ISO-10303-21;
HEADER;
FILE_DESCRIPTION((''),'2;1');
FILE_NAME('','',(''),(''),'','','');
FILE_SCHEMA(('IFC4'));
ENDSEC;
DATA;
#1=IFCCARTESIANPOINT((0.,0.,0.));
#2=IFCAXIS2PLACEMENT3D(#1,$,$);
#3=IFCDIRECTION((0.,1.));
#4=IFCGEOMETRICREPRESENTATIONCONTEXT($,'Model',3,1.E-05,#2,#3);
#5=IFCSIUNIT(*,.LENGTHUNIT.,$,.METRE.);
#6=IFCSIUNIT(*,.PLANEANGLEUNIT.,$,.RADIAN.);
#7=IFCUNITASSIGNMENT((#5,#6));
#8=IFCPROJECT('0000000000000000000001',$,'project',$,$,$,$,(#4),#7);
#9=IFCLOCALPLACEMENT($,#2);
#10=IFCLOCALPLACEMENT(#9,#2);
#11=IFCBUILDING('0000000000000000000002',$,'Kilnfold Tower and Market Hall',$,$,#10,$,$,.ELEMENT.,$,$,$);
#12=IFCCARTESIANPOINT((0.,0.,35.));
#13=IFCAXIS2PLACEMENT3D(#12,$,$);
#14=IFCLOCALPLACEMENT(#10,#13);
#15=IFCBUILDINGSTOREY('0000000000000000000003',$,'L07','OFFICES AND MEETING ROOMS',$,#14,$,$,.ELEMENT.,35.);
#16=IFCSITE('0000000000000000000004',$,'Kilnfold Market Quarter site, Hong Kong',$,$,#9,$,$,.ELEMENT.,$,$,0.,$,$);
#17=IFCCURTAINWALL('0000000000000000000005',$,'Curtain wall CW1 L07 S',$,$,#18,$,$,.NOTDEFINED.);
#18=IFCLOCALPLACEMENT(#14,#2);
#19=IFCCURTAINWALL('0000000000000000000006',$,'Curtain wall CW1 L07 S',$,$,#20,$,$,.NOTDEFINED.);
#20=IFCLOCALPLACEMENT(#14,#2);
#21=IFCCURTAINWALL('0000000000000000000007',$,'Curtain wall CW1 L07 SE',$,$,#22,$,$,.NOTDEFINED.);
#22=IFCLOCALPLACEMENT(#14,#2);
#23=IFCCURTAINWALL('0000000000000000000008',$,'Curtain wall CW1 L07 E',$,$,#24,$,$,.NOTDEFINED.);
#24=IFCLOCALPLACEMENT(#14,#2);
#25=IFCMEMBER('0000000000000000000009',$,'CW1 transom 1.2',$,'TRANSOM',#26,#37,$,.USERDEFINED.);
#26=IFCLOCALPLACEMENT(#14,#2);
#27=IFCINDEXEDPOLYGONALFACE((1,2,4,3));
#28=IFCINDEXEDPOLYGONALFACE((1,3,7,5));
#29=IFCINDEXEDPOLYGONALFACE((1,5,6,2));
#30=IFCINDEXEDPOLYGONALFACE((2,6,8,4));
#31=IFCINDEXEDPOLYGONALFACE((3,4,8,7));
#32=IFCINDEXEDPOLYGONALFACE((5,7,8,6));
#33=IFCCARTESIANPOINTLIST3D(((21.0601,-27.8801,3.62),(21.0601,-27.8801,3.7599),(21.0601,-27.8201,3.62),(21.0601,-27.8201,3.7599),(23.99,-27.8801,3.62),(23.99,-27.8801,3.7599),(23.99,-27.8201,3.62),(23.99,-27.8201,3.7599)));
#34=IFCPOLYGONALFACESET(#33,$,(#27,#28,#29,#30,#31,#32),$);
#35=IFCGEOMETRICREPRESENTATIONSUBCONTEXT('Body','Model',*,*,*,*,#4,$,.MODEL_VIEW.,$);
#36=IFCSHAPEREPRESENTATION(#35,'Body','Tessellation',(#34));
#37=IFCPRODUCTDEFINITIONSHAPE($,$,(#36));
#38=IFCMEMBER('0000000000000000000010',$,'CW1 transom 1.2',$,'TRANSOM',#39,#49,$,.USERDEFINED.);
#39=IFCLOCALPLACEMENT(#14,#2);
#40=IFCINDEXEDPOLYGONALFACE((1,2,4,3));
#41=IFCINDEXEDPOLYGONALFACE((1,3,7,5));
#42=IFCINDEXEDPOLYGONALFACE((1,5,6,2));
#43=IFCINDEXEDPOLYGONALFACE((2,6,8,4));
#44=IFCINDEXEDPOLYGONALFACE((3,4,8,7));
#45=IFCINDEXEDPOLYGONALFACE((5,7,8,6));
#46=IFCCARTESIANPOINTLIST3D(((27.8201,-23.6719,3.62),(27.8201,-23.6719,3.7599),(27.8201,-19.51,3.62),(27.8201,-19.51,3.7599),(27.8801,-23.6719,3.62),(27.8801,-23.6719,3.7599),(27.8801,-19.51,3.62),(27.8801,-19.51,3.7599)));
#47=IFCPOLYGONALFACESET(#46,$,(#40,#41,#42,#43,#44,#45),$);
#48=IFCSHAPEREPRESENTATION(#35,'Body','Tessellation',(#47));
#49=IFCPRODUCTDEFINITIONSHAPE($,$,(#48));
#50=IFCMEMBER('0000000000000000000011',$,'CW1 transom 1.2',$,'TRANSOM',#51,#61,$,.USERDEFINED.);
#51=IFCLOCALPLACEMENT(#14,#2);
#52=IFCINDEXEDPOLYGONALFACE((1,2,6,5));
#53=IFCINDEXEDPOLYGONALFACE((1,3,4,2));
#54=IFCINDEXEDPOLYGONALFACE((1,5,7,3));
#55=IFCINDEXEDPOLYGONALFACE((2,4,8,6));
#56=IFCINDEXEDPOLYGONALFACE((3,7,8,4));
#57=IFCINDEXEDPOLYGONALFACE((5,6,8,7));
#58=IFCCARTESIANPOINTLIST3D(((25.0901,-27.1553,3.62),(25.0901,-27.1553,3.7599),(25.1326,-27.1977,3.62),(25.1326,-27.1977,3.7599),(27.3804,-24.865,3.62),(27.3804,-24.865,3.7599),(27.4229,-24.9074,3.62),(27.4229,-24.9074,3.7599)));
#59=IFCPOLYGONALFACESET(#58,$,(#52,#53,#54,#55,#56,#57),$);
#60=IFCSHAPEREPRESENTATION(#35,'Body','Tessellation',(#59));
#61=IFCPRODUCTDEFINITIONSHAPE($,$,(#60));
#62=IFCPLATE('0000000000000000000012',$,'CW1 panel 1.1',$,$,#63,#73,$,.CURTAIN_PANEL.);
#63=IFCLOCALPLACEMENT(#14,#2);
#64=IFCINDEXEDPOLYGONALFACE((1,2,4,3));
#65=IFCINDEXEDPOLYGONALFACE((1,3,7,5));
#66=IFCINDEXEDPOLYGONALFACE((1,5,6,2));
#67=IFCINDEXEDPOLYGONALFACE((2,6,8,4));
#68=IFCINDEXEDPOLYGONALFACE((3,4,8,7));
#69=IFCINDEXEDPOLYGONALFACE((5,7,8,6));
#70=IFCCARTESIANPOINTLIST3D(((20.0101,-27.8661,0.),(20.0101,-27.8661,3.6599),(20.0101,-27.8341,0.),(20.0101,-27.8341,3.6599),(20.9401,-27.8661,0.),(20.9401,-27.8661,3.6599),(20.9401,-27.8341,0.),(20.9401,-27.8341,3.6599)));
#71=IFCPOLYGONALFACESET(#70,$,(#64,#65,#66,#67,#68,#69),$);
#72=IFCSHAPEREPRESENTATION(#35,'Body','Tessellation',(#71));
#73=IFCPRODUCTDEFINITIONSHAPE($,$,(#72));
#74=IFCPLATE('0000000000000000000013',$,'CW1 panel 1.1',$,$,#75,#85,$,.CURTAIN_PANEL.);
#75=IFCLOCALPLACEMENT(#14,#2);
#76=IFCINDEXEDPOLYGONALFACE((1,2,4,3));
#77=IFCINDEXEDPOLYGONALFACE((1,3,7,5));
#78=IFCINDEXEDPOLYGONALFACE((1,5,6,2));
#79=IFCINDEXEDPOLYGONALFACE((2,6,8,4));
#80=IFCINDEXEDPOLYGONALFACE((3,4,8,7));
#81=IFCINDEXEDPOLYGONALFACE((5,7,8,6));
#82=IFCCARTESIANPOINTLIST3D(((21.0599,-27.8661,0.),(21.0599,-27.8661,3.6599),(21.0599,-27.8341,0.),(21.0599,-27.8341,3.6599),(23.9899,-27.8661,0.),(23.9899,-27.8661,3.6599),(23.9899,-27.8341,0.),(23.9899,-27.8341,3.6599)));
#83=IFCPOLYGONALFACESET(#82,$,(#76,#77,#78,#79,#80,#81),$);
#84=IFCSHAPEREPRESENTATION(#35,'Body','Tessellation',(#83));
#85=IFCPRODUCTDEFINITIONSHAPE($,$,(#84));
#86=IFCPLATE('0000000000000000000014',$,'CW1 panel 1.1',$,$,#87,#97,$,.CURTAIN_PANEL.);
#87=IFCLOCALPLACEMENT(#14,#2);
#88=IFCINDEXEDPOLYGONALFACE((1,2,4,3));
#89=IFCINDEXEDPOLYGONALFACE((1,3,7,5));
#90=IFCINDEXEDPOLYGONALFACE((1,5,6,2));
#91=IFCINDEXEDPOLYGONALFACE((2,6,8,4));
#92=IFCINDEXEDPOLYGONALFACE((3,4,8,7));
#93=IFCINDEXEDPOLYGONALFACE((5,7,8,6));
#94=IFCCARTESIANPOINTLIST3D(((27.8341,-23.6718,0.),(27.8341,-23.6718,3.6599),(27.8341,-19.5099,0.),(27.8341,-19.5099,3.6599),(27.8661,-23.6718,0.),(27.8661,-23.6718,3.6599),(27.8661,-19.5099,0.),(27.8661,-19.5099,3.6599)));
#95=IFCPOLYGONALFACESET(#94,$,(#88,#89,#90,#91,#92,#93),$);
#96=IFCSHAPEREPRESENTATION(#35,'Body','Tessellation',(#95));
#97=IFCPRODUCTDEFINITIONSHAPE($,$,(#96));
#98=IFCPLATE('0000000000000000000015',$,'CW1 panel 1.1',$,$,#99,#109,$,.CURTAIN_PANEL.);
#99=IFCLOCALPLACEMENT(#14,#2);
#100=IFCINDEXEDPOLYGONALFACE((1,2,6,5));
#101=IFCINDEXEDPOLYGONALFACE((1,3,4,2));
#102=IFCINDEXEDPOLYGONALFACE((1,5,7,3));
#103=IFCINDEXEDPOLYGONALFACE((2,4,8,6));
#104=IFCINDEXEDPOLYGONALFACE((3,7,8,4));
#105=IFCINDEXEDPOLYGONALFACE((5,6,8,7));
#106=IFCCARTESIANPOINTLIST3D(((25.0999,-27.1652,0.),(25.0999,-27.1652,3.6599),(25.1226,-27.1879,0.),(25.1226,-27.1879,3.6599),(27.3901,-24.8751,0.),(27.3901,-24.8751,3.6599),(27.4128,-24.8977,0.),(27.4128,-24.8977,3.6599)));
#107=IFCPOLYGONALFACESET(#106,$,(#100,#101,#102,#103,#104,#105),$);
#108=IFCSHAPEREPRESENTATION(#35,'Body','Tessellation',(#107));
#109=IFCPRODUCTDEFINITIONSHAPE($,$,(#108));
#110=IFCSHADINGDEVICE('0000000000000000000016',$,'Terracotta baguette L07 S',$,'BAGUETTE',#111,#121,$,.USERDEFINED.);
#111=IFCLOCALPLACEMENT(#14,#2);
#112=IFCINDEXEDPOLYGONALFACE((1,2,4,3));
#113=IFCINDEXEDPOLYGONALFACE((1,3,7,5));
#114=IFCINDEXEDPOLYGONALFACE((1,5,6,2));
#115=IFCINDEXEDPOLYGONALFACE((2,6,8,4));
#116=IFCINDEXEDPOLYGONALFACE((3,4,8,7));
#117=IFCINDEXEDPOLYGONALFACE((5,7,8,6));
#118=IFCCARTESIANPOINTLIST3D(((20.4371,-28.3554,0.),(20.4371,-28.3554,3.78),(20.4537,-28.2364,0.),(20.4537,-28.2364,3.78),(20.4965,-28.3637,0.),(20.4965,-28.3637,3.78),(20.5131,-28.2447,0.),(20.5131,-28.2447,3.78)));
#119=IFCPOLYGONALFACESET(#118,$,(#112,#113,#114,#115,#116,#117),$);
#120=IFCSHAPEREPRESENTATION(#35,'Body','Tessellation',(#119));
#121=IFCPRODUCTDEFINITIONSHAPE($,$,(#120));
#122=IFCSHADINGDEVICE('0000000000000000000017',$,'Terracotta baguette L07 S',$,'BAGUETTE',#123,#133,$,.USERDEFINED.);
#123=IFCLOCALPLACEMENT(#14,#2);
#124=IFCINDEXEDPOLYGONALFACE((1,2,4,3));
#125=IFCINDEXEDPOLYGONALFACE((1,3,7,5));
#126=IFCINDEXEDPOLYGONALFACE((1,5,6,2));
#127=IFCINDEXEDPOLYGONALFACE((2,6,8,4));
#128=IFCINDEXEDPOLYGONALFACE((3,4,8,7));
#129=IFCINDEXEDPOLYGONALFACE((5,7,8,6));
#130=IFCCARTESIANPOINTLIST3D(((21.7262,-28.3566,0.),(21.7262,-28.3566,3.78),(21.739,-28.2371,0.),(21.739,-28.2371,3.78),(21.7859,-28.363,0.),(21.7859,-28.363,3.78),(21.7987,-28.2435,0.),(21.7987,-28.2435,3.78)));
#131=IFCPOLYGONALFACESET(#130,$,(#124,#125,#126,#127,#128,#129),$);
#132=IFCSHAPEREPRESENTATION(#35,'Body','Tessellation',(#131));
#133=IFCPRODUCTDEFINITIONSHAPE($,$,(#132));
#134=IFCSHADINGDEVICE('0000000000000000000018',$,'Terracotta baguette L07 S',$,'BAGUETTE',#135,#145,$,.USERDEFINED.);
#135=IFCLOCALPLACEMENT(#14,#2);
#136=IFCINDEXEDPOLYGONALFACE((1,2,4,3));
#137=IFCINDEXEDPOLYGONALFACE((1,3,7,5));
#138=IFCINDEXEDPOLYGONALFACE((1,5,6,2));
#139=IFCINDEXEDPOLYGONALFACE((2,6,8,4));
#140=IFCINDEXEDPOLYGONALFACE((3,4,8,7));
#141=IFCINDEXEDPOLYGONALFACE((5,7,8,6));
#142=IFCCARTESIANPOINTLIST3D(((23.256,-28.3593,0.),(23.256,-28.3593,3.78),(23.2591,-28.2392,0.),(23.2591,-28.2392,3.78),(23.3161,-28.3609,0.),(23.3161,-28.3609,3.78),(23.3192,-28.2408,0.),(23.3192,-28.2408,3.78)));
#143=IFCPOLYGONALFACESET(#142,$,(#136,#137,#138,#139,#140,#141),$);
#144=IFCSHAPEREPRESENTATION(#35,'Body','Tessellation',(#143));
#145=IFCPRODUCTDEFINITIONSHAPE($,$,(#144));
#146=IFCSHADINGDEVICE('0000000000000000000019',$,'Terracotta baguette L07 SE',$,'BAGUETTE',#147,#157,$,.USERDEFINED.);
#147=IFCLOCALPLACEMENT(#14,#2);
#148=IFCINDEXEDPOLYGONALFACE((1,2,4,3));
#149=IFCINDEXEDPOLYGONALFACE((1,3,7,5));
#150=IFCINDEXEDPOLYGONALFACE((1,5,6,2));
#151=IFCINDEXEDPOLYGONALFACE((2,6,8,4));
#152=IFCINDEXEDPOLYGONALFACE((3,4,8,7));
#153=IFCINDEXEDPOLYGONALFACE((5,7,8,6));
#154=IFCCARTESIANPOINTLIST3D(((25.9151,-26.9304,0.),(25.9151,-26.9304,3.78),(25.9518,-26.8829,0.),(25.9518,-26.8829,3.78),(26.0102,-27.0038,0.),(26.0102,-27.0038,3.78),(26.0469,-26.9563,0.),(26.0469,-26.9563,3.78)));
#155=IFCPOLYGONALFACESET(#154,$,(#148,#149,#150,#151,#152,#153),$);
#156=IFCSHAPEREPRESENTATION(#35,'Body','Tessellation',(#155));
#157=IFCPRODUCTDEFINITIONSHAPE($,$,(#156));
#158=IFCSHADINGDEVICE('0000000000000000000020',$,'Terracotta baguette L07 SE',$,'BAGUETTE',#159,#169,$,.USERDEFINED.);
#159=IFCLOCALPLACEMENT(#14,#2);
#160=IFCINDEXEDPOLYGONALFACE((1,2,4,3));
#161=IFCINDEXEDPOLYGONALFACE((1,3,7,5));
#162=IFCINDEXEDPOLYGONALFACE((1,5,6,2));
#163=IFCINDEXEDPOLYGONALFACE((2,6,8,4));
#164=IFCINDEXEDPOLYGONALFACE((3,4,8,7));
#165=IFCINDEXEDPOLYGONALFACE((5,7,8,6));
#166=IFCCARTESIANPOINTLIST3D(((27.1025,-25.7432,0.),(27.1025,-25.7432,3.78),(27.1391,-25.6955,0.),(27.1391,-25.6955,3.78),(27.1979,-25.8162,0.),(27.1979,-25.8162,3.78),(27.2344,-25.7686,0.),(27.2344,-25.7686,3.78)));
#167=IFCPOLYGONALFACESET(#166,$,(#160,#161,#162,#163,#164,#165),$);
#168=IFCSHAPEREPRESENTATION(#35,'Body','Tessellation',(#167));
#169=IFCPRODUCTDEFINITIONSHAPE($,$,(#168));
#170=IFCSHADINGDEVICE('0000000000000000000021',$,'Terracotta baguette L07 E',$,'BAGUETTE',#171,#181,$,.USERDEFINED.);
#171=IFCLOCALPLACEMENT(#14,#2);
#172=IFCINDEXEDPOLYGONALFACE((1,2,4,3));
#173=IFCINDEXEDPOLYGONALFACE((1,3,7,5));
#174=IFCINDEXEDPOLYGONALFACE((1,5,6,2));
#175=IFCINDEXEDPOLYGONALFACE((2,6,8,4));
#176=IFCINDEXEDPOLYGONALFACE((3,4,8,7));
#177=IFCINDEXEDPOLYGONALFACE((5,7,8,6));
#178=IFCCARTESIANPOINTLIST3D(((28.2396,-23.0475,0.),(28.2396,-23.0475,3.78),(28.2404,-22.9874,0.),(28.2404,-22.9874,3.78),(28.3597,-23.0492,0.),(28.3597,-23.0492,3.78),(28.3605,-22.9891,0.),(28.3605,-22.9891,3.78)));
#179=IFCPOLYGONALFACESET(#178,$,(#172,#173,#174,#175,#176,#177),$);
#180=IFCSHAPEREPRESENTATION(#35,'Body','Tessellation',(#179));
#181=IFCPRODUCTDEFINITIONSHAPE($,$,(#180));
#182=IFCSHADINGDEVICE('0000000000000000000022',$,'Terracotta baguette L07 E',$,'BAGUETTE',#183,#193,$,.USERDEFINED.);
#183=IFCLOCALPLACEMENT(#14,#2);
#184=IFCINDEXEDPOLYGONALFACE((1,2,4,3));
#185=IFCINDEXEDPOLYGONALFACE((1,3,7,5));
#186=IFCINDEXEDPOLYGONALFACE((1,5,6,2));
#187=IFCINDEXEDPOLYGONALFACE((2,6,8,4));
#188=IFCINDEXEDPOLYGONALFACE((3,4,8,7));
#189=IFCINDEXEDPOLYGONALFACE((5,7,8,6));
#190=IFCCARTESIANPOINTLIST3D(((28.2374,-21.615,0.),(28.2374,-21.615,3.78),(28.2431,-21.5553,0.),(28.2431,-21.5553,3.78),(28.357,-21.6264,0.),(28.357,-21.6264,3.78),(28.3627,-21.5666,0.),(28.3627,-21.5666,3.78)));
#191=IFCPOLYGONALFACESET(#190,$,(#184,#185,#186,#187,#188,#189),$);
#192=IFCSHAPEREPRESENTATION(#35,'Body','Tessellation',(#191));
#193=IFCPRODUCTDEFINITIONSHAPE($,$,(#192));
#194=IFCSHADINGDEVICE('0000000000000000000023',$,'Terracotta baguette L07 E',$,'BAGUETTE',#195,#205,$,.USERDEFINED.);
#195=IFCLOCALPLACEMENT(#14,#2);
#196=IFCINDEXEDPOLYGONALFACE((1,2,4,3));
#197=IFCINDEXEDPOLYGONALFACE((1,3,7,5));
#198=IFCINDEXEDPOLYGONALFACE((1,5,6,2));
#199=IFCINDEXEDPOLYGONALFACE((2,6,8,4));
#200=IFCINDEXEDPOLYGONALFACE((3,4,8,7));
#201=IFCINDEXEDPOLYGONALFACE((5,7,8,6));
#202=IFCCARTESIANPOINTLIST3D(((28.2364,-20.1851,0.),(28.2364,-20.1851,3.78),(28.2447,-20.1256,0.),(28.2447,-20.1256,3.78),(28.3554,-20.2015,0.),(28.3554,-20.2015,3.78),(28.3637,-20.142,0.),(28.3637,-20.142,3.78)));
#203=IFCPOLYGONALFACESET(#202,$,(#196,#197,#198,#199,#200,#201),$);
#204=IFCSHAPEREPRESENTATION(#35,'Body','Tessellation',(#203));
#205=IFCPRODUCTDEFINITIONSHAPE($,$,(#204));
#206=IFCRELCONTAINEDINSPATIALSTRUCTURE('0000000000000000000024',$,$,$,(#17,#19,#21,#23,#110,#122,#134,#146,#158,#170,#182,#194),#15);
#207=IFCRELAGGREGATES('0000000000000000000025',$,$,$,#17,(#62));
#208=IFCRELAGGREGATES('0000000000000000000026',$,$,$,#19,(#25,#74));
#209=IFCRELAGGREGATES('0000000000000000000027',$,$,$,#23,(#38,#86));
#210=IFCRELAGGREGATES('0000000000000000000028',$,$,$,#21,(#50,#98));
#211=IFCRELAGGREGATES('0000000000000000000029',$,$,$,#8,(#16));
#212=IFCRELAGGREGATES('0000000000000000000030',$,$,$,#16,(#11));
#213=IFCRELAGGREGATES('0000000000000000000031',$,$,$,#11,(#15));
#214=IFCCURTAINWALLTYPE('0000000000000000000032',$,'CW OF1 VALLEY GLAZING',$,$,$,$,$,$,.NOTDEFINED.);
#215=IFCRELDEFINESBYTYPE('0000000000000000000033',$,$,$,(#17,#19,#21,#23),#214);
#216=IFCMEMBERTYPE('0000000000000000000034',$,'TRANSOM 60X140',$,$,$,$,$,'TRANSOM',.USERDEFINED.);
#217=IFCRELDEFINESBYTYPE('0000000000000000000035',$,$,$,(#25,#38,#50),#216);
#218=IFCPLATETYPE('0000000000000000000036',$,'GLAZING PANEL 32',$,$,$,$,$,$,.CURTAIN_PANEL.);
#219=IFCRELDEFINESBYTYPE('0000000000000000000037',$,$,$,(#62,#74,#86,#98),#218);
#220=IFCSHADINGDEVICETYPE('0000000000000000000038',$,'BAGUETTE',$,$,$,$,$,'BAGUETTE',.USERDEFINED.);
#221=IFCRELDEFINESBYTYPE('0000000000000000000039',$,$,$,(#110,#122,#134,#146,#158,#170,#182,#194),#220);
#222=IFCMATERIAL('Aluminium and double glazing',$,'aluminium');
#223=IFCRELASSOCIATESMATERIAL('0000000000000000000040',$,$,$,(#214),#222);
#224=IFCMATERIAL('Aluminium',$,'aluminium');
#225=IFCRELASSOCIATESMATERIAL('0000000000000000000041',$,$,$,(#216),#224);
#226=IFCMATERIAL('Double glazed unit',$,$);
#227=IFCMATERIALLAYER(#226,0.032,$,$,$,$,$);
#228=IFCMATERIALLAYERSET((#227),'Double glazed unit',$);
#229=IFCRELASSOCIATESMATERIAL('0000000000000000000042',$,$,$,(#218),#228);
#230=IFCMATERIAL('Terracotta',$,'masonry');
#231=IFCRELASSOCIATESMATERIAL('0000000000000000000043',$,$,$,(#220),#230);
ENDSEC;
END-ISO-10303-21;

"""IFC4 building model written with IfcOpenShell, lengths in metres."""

from ifc_helpers import new_model, si_unit, direction, frame, origin, origin_2d, place, context, subcontext, project, spatial, rectangle, extrude, source, transform, mapped, material, layer, layer_set, material_profile, profile_set, type_object, element, aggregate, save


model = new_model("IFC4")

# Units and contexts
model_context = context("Model", 3, precision=1e-05, world=origin(), true_north=direction((0.0, 1.0)))
body_context = subcontext(model_context, "Body", "Model", "MODEL_VIEW")
ifc_project = project(units=[si_unit("LENGTHUNIT", "METRE"), si_unit("PLANEANGLEUNIT", "RADIAN")], contexts=[model_context])

# Site, building, storey
site_placement = place(None, origin())
site = spatial("IfcSite", under=ifc_project, at=site_placement, Name="Kilnfold Market Quarter site, Hong Kong", CompositionType="ELEMENT", RefElevation=0.0)
building_placement = place(site_placement, origin())
building = spatial("IfcBuilding", under=site, at=building_placement, Name="Kilnfold Tower and Market Hall", CompositionType="ELEMENT")
storey_placement = place(building_placement, frame((0.0, 0.0, 35.0)))
storey = spatial("IfcBuildingStorey", under=building, at=storey_placement, Name="L07", Description="OFFICES AND MEETING ROOMS", CompositionType="ELEMENT", Elevation=35.0)

# Curtain walls
ifc_material_1 = material(Name="Aluminium and double glazing", Category="aluminium")
curtain_wall_type = type_object("IfcCurtainWallType", Name="CW OF1 VALLEY GLAZING", PredefinedType="NOTDEFINED", material=ifc_material_1)
curtain_wall_1_placement = place(storey_placement, origin())
curtain_wall_1 = element("IfcCurtainWall", 1, at=curtain_wall_1_placement, inside=storey, type_object=curtain_wall_type, Name="Curtain wall CW1 L07 S", PredefinedType="NOTDEFINED")
curtain_wall_2_placement = place(storey_placement, origin())
curtain_wall_2 = element("IfcCurtainWall", 2, at=curtain_wall_2_placement, inside=storey, type_object=curtain_wall_type, Name="Curtain wall CW1 L07 S", PredefinedType="NOTDEFINED")
curtain_wall_3_placement = place(storey_placement, origin())
curtain_wall_3 = element("IfcCurtainWall", 3, at=curtain_wall_3_placement, inside=storey, type_object=curtain_wall_type, Name="Curtain wall CW1 L07 SE", PredefinedType="NOTDEFINED")
curtain_wall_4_placement = place(storey_placement, origin())
curtain_wall_4 = element("IfcCurtainWall", 4, at=curtain_wall_4_placement, inside=storey, type_object=curtain_wall_type, Name="Curtain wall CW1 L07 E", PredefinedType="NOTDEFINED")

# Members
ifc_material_2 = material(Name="Aluminium", Category="aluminium")
ifc_material_profile_1 = material_profile(ifc_material_2, rectangle(XDim=0.0601, YDim=0.1399, at=origin_2d()), Name="TRANSOM 60x140")
ifc_profile_set_1 = profile_set([ifc_material_profile_1], Name="Aluminium")
member_type_1 = type_object("IfcMemberType", Name="TRANSOM 60X140", ElementType="TRANSOM", PredefinedType="USERDEFINED", material=ifc_profile_set_1)
shared_shape_1 = source(origin(), body_context, "Body", "SweptSolid", [
    extrude(rectangle(XDim=0.0601, YDim=0.1399, at=origin_2d()), origin(), (0.0, 0.0, 1.0), 2.9299),
])
member_1_placement = place(storey_placement, frame((21.0601, -27.8501, 3.6899), z_axis=(1.0, 0.0, 0.0), x_axis=(0.0, 1.0, 0.0)))
member_1 = element("IfcMember", 5, at=member_1_placement, type_object=member_type_1, Name="CW1 transom 1.2", ObjectType="TRANSOM", PredefinedType="USERDEFINED", context=body_context, shape_type="MappedRepresentation", body=[
    mapped(shared_shape_1, transform((0.0, 0.0, 0.0))),
])
shared_shape_2 = source(origin(), body_context, "Body", "SweptSolid", [
    extrude(rectangle(XDim=0.0601, YDim=0.1399, at=origin_2d()), origin(), (0.0, 0.0, 1.0), 4.1619),
])
member_2_placement = place(storey_placement, frame((27.8501, -23.6719, 3.6899), z_axis=(0.0, 1.0, 0.0), x_axis=(-1.0, 0.0, 0.0)))
member_2 = element("IfcMember", 6, at=member_2_placement, type_object=member_type_1, Name="CW1 transom 1.2", ObjectType="TRANSOM", PredefinedType="USERDEFINED", context=body_context, shape_type="MappedRepresentation", body=[
    mapped(shared_shape_2, transform((0.0, 0.0, 0.0))),
])
shared_shape_3 = source(origin(), body_context, "Body", "SweptSolid", [
    extrude(rectangle(XDim=0.0601, YDim=0.1399, at=origin_2d()), origin(), (0.0, 0.0, 1.0), 3.239),
])
member_3_placement = place(storey_placement, frame((25.1113, -27.1765, 3.6899), z_axis=(0.707107, 0.707107, 0.0), x_axis=(-0.707107, 0.707107, 0.0)))
member_3 = element("IfcMember", 7, at=member_3_placement, type_object=member_type_1, Name="CW1 transom 1.2", ObjectType="TRANSOM", PredefinedType="USERDEFINED", context=body_context, shape_type="MappedRepresentation", body=[
    mapped(shared_shape_3, transform((0.0, 0.0, 0.0))),
])

# Plates
ifc_material_3 = material(Name="Double glazed unit")
ifc_layer = layer(ifc_material_3, 0.032)
ifc_layer_set = layer_set([ifc_layer], Name="Double glazed unit")
plate_type = type_object("IfcPlateType", Name="GLAZING PANEL 32", PredefinedType="CURTAIN_PANEL", material=ifc_layer_set)
shared_shape_4 = source(origin(), body_context, "Body", "SweptSolid", [
    extrude(rectangle(XDim=0.9299, YDim=0.032, at=origin_2d()), origin(), (0.0, 0.0, 1.0), 3.6599),
])
plate_1_placement = place(storey_placement, frame((20.4751, -27.8501, 0.0), z_axis=(0.0, 0.0, 1.0), x_axis=(1.0, 0.0, 0.0)))
plate_1 = element("IfcPlate", 8, at=plate_1_placement, type_object=plate_type, Name="CW1 panel 1.1", PredefinedType="CURTAIN_PANEL", context=body_context, shape_type="MappedRepresentation", body=[
    mapped(shared_shape_4, transform((0.0, 0.0, 0.0))),
])
aggregate(curtain_wall_1, [plate_1])
shared_shape_5 = source(origin(), body_context, "Body", "SweptSolid", [
    extrude(rectangle(XDim=2.9299, YDim=0.032, at=origin_2d()), origin(), (0.0, 0.0, 1.0), 3.6599),
])
plate_2_placement = place(storey_placement, frame((22.5249, -27.8501, 0.0), z_axis=(0.0, 0.0, 1.0), x_axis=(1.0, 0.0, 0.0)))
plate_2 = element("IfcPlate", 9, at=plate_2_placement, type_object=plate_type, Name="CW1 panel 1.1", PredefinedType="CURTAIN_PANEL", context=body_context, shape_type="MappedRepresentation", body=[
    mapped(shared_shape_5, transform((0.0, 0.0, 0.0))),
])
aggregate(curtain_wall_2, [member_1, plate_2])
shared_shape_6 = source(origin(), body_context, "Body", "SweptSolid", [
    extrude(rectangle(XDim=4.1619, YDim=0.032, at=origin_2d()), origin(), (0.0, 0.0, 1.0), 3.6599),
])
plate_3_placement = place(storey_placement, frame((27.8501, -21.5908, 0.0), z_axis=(0.0, 0.0, 1.0), x_axis=(0.0, 1.0, 0.0)))
plate_3 = element("IfcPlate", 10, at=plate_3_placement, type_object=plate_type, Name="CW1 panel 1.1", PredefinedType="CURTAIN_PANEL", context=body_context, shape_type="MappedRepresentation", body=[
    mapped(shared_shape_6, transform((0.0, 0.0, 0.0))),
])
aggregate(curtain_wall_4, [member_2, plate_3])
shared_shape_7 = source(origin(), body_context, "Body", "SweptSolid", [
    extrude(rectangle(XDim=3.2388, YDim=0.032, at=origin_2d()), origin(), (0.0, 0.0, 1.0), 3.6599),
])
plate_4_placement = place(storey_placement, frame((26.2563, -26.0315, 0.0), z_axis=(0.0, 0.0, 1.0), x_axis=(0.707122, 0.707092, 0.0)))
plate_4 = element("IfcPlate", 11, at=plate_4_placement, type_object=plate_type, Name="CW1 panel 1.1", PredefinedType="CURTAIN_PANEL", context=body_context, shape_type="MappedRepresentation", body=[
    mapped(shared_shape_7, transform((0.0, 0.0, 0.0))),
])
aggregate(curtain_wall_3, [member_3, plate_4])

# Shading devices
ifc_material_4 = material(Name="Terracotta", Category="masonry")
ifc_material_profile_2 = material_profile(ifc_material_4, rectangle(XDim=0.0601, YDim=0.1201, at=origin_2d()), Name="BAG 60x120")
ifc_profile_set_2 = profile_set([ifc_material_profile_2], Name="Terracotta")
shading_device_type = type_object("IfcShadingDeviceType", Name="BAGUETTE", ElementType="BAGUETTE", PredefinedType="USERDEFINED", material=ifc_profile_set_2)
shared_shape_8 = source(origin(), body_context, "Body", "SweptSolid", [
    extrude(rectangle(XDim=0.0601, YDim=0.1201, at=origin_2d()), origin(), (0.0, 0.0, 1.0), 3.78),
])
for number, where, z_axis, x_axis, name in (
    (12, (20.4751, -28.3, 0.0), (0.0, 0.0, 1.0), (0.990413, -0.138136, 0.0), "Terracotta baguette L07 S"),
    (13, (21.7625, -28.3, 0.0), (0.0, 0.0, 1.0), (0.994307, -0.106557, 0.0), "Terracotta baguette L07 S"),
    (14, (23.2876, -28.3, 0.0), (0.0, 0.0, 1.0), (0.999667, -0.025821, 0.0), "Terracotta baguette L07 S"),
    (15, (25.981, -26.9434, 0.0), (0.0, 0.0, 1.0), (0.610901, 0.791707, 0.0), "Terracotta baguette L07 SE"),
    (16, (27.1685, -25.7559, 0.0), (0.0, 0.0, 1.0), (0.608415, 0.793619, 0.0), "Terracotta baguette L07 SE"),
    (17, (28.3, -23.0183, 0.0), (0.0, 0.0, 1.0), (0.01436, 0.999897, 0.0), "Terracotta baguette L07 E"),
    (18, (28.3, -21.5908, 0.0), (0.0, 0.0, 1.0), (0.094378, 0.995536, 0.0), "Terracotta baguette L07 E"),
    (19, (28.3, -20.1636, 0.0), (0.0, 0.0, 1.0), (0.136772, 0.990603, 0.0), "Terracotta baguette L07 E"),
):
    element("IfcShadingDevice", number, at=place(storey_placement, frame(where, z_axis=z_axis, x_axis=x_axis)), inside=storey, type_object=shading_device_type, Name=name, ObjectType="BAGUETTE", PredefinedType="USERDEFINED", context=body_context, shape_type="MappedRepresentation", body=[
        mapped(shared_shape_8, transform((0.0, 0.0, 0.0))),
    ])

save(model, "model.ifc")
